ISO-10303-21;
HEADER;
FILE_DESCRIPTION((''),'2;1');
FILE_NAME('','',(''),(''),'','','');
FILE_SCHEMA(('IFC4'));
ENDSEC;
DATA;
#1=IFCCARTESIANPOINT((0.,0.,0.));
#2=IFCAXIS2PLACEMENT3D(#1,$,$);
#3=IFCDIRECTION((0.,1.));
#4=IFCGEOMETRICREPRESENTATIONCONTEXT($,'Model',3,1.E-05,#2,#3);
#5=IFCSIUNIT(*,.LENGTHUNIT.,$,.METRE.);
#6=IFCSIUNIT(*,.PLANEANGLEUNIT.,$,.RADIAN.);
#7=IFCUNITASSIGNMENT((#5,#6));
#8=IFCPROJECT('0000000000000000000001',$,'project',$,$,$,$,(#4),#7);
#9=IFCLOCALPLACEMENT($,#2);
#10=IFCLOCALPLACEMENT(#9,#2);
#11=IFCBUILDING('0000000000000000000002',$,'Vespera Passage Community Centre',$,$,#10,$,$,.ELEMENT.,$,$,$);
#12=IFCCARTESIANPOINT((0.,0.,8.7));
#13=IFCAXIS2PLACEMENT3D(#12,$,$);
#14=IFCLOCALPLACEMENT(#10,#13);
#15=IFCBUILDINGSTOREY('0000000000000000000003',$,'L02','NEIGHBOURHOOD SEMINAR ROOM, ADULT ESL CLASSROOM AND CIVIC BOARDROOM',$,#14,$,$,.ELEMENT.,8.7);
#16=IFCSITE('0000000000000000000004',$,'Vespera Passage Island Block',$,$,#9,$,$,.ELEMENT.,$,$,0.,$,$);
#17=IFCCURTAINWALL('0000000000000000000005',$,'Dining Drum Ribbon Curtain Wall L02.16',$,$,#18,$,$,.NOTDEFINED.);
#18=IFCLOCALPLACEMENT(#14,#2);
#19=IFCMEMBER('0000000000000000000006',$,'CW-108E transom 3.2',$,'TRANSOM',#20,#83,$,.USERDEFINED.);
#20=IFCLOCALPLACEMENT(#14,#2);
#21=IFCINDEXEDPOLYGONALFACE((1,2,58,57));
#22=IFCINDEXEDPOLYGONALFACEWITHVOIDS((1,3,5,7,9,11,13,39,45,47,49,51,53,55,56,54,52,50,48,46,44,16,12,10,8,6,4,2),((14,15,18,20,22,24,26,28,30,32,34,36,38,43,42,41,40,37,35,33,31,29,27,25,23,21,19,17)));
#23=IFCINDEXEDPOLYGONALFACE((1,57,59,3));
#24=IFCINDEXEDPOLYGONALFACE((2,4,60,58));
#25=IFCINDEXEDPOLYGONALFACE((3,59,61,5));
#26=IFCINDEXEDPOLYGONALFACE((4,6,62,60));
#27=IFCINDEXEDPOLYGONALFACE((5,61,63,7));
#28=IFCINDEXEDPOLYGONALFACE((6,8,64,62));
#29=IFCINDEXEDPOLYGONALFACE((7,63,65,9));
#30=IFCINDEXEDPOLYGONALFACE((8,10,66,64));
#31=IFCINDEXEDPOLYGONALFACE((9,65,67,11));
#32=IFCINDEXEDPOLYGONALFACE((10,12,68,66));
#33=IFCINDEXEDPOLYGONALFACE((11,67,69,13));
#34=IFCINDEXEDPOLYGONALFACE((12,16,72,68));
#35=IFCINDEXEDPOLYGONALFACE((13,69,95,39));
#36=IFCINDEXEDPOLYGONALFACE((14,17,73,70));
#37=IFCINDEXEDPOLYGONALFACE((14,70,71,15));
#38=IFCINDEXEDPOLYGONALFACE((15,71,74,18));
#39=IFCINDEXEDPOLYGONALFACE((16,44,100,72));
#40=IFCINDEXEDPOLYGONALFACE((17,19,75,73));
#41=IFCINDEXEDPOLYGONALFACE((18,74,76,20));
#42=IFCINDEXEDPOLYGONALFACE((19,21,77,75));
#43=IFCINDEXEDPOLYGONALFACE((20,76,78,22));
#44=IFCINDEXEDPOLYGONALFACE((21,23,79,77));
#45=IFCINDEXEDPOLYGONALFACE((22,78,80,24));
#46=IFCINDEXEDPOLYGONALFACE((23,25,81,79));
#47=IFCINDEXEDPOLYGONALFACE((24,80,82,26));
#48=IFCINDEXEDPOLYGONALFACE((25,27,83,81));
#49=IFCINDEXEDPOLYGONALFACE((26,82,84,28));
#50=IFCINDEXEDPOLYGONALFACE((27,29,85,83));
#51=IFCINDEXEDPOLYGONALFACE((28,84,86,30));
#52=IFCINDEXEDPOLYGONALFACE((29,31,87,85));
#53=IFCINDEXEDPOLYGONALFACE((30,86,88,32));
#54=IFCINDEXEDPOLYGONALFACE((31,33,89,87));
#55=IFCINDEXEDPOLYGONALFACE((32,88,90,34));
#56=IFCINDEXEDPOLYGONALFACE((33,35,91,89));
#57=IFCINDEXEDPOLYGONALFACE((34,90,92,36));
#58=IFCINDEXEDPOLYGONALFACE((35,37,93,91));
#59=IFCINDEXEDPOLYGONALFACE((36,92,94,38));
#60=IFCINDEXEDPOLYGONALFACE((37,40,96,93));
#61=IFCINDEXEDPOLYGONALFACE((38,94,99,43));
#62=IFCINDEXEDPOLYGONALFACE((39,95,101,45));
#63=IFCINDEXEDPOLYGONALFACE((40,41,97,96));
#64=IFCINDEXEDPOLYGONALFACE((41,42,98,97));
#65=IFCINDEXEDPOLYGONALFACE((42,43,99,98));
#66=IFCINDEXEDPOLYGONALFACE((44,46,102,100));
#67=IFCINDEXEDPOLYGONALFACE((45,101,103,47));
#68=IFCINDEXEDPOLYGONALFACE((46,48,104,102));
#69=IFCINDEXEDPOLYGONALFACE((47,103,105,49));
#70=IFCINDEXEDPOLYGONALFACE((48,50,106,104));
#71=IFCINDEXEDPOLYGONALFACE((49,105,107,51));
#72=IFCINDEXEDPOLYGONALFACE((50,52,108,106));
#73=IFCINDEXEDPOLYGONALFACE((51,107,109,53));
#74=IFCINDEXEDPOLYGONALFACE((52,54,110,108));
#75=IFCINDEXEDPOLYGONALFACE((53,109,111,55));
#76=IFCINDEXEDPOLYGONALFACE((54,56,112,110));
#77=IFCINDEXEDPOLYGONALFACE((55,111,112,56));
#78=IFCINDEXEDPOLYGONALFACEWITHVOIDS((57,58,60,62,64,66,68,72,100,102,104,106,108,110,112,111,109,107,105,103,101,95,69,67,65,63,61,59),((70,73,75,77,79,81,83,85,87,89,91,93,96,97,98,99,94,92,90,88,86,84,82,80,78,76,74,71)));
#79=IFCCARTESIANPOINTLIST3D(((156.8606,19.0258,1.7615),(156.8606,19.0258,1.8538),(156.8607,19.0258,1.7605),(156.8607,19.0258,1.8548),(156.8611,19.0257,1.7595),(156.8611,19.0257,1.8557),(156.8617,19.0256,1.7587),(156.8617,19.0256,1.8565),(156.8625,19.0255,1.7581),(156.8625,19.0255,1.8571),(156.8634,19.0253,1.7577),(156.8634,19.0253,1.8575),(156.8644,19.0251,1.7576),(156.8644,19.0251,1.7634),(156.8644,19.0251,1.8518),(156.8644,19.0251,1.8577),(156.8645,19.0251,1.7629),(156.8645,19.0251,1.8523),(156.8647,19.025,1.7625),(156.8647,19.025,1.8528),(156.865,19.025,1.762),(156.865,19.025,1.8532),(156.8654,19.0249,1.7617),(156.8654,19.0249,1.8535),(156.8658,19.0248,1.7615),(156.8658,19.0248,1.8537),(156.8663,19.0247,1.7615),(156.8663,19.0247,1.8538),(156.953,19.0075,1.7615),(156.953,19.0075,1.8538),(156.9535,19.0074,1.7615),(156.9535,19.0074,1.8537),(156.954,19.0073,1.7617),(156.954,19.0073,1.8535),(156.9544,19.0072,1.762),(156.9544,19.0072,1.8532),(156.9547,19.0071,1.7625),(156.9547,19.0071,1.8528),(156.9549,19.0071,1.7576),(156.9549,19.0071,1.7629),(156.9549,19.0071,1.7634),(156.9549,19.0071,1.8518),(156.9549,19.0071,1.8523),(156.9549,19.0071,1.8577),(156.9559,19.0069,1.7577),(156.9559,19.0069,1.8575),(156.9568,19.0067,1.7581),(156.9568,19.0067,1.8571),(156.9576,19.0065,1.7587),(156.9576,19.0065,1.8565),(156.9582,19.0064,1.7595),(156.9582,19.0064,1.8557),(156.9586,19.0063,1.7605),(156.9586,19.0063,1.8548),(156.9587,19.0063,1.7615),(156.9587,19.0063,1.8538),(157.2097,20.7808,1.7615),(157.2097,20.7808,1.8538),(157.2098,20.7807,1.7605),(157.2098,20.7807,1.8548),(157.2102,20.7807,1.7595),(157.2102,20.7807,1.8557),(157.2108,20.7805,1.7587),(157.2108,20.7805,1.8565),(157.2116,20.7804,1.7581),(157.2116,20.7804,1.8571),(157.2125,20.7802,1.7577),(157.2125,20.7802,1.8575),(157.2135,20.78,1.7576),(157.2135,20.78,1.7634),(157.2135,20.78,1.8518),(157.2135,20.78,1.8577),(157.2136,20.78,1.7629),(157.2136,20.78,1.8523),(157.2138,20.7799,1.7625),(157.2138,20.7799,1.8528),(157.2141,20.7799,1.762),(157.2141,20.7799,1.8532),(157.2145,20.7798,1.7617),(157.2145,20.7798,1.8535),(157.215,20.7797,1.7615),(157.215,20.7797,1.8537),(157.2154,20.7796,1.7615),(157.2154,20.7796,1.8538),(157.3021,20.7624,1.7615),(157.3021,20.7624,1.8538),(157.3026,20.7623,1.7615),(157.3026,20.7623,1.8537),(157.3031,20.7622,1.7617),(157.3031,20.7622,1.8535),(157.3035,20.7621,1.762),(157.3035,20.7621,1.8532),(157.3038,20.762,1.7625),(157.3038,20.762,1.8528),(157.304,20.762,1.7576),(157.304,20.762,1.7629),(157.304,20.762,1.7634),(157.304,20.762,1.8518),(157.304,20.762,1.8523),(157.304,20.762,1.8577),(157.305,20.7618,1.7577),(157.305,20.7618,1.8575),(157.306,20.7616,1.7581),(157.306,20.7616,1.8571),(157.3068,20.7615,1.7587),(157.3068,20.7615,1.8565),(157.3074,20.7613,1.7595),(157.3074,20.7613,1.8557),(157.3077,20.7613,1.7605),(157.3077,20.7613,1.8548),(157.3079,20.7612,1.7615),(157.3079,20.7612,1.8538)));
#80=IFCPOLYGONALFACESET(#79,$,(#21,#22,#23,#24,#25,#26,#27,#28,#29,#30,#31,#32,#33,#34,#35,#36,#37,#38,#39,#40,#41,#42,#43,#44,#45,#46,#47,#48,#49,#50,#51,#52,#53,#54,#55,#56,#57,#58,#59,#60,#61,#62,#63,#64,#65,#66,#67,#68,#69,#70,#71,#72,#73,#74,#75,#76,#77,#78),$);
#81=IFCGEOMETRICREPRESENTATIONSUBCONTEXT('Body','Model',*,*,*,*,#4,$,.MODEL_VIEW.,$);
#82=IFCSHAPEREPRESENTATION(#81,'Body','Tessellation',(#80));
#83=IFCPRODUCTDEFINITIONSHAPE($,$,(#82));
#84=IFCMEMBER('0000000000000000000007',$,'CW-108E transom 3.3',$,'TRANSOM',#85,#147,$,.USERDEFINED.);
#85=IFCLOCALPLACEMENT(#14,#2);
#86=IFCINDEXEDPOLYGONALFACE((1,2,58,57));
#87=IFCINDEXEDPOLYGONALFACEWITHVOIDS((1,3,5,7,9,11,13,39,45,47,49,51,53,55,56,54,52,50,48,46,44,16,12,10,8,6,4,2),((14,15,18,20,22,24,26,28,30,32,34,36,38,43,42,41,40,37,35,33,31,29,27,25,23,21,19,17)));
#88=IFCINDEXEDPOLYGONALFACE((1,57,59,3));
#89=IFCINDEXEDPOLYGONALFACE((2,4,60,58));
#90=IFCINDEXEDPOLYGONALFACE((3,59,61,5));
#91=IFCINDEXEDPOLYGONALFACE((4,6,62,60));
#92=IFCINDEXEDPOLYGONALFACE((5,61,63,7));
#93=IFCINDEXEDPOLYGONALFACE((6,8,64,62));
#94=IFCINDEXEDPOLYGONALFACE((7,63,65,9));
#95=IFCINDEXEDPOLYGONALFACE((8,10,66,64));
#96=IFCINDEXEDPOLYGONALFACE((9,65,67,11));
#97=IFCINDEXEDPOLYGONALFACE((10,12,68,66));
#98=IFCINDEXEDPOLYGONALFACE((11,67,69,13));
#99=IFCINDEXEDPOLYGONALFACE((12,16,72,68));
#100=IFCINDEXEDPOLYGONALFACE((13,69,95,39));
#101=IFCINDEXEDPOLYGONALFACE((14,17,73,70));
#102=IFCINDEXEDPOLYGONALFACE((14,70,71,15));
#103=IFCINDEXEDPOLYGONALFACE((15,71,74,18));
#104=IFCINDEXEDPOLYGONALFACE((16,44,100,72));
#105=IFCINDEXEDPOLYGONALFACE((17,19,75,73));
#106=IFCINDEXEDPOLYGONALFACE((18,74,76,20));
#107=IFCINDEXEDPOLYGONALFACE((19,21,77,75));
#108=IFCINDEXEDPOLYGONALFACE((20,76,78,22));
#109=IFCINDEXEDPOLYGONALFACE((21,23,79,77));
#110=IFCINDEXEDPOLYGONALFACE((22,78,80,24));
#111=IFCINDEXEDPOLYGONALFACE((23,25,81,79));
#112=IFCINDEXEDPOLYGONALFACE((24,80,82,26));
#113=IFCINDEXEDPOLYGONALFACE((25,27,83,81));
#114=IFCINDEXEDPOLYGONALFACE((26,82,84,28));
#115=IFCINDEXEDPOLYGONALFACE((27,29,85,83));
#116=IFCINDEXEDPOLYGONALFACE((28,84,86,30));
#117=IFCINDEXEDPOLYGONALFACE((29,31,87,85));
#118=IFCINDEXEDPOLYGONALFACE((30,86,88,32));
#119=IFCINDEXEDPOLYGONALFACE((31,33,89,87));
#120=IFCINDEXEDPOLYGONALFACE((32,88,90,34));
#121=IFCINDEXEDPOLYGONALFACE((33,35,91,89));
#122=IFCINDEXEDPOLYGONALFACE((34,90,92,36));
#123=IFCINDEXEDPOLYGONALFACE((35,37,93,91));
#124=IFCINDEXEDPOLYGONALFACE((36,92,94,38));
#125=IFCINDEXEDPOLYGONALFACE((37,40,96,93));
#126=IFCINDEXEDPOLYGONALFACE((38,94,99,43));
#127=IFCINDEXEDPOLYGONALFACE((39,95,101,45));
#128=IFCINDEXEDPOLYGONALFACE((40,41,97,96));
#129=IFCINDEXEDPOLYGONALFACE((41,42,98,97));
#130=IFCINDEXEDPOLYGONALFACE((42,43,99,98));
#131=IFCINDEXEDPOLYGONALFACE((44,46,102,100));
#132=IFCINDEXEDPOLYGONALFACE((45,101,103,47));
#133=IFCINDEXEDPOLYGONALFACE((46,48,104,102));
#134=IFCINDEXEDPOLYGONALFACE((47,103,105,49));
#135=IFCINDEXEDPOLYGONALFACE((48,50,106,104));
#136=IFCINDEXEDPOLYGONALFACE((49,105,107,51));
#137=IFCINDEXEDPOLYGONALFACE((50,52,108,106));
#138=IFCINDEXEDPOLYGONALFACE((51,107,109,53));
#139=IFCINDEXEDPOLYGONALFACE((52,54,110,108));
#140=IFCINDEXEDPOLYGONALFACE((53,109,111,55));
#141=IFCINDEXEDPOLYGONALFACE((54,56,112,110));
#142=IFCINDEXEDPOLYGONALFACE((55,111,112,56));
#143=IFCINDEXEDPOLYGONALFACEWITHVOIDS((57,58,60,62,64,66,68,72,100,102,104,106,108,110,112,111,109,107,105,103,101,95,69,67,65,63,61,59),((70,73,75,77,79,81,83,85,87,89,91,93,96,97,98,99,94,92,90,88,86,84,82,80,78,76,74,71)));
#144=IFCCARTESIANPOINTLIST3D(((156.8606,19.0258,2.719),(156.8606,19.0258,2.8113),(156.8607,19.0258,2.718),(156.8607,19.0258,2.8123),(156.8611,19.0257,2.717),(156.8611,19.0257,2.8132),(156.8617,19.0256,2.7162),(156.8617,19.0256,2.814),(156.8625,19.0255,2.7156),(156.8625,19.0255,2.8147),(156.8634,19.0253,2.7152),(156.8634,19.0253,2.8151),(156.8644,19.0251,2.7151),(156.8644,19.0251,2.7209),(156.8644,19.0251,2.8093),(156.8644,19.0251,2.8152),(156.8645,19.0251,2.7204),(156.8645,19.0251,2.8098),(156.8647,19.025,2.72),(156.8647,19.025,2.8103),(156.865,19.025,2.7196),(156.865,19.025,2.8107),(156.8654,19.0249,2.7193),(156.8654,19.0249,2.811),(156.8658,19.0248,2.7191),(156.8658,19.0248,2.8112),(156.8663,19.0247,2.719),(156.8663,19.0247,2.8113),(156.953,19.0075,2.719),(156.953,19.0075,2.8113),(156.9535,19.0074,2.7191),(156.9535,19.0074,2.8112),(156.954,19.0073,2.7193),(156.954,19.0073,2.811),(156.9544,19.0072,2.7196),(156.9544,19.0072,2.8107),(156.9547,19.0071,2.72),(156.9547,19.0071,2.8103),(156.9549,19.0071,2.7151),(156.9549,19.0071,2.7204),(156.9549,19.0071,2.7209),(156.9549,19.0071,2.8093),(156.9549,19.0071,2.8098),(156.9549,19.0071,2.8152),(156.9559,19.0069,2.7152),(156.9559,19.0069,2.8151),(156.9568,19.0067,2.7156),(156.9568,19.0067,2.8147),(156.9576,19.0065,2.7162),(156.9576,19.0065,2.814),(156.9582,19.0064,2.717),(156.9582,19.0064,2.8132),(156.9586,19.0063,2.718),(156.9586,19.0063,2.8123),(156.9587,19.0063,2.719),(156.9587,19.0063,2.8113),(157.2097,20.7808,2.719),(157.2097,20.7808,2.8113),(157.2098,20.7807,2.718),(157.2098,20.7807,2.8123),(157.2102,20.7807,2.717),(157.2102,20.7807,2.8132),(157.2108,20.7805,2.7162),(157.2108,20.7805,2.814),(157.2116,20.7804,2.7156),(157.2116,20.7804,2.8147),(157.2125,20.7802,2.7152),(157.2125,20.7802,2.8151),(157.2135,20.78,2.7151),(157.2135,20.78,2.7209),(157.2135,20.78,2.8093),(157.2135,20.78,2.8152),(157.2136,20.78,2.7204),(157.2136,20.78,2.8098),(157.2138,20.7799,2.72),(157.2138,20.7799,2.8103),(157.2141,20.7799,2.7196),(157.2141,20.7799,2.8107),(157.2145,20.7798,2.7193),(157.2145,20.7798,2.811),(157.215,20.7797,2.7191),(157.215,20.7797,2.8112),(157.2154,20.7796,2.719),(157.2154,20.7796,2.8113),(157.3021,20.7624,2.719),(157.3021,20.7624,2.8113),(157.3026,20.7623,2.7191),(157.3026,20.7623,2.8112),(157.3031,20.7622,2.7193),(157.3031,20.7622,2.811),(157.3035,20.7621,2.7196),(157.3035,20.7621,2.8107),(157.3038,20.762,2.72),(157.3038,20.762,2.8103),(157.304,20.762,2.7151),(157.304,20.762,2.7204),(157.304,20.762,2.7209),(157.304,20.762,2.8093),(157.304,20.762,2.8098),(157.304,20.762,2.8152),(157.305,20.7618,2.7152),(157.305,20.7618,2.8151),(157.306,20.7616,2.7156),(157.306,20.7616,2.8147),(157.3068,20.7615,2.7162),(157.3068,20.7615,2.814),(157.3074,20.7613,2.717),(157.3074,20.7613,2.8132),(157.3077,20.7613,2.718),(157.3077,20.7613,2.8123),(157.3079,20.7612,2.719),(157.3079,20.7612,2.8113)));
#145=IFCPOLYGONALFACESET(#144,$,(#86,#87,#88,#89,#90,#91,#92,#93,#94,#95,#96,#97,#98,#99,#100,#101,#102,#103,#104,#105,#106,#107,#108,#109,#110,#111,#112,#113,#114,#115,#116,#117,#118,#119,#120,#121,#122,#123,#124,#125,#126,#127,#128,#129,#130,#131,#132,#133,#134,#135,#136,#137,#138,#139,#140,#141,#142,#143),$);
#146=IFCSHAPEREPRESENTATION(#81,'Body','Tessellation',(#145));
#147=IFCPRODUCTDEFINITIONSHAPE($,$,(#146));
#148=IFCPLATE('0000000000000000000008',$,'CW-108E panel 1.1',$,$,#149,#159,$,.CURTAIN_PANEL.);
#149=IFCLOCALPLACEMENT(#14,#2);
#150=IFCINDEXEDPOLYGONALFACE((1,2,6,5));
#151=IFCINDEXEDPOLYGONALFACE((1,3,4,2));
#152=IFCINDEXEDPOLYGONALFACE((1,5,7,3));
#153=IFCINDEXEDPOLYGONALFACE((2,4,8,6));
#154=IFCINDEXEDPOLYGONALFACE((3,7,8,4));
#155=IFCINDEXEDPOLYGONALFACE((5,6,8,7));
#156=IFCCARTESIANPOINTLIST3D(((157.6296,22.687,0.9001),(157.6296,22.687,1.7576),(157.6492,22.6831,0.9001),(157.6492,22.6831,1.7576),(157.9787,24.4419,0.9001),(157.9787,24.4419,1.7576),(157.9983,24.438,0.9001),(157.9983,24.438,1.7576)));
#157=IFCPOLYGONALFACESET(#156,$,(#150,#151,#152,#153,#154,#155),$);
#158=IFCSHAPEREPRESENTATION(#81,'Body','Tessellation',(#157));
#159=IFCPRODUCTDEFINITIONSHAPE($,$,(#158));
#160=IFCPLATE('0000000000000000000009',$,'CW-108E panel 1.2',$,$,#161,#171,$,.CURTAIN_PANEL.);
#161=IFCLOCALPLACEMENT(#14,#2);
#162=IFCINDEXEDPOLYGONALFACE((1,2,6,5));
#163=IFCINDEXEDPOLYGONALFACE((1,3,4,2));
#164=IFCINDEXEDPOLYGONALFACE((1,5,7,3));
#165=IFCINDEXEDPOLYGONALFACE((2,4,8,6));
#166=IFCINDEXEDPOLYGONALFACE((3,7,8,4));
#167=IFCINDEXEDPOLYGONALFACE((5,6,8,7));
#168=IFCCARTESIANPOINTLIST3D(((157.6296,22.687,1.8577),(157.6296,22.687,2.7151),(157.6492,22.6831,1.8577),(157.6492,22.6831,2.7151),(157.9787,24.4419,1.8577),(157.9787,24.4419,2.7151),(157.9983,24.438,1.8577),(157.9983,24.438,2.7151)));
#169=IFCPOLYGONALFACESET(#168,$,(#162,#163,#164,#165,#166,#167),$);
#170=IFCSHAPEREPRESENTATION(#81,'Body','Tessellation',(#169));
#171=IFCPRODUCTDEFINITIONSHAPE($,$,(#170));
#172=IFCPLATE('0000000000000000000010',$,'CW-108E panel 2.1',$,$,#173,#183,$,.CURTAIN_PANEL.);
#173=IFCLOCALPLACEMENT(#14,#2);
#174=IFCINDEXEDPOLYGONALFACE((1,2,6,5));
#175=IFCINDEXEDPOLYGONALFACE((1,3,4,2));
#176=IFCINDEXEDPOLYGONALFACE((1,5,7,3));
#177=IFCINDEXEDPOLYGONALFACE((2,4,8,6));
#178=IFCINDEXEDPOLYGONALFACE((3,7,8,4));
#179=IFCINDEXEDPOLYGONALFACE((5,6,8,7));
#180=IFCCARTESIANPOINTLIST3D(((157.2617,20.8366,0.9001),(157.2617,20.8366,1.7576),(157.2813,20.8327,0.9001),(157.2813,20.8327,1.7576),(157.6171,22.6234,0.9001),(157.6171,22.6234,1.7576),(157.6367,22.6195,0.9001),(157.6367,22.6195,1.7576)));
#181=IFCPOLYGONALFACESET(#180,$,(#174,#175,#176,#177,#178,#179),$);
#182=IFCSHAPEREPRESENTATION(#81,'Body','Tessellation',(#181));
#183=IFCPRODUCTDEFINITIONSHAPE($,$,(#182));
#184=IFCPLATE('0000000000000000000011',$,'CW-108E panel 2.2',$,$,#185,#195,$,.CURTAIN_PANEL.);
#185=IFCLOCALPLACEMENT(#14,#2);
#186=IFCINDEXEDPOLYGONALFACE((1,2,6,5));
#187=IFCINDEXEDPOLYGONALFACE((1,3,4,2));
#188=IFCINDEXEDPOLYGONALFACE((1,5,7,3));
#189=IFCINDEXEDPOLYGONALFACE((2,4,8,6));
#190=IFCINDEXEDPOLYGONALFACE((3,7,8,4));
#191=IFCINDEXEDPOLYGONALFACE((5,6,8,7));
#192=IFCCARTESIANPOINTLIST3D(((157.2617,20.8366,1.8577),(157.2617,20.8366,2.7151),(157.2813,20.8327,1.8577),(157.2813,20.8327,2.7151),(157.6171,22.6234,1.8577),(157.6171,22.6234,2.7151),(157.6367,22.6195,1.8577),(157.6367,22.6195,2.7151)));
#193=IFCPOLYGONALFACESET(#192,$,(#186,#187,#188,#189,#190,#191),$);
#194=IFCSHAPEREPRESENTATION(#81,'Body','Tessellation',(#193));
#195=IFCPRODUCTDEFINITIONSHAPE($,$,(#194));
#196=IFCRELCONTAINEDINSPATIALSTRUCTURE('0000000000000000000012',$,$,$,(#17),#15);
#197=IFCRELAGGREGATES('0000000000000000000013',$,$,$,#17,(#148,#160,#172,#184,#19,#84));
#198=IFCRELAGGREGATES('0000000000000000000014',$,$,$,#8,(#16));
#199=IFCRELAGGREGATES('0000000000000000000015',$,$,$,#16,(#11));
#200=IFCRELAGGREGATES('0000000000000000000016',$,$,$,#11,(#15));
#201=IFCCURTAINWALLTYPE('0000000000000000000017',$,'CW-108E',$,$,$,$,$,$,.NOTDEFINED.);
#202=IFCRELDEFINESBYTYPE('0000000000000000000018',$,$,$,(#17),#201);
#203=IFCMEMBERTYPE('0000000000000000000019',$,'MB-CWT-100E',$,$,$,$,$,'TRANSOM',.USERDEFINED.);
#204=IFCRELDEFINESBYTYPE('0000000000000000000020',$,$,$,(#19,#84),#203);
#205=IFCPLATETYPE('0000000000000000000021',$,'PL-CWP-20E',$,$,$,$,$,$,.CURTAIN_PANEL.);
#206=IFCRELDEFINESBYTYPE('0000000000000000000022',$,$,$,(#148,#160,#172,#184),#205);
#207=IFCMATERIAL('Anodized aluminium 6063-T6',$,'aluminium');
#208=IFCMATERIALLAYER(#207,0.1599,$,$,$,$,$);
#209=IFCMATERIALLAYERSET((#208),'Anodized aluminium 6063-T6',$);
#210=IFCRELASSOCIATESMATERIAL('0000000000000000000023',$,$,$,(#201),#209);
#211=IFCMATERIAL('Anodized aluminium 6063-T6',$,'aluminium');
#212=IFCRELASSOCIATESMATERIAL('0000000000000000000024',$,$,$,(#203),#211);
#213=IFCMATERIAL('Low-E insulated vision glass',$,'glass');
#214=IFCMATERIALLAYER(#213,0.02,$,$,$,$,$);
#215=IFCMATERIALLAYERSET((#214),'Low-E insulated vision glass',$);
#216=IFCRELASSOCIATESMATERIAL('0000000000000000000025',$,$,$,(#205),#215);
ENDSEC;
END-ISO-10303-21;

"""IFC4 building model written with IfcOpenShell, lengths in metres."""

from ifc_helpers import new_model, si_unit, direction, frame, origin, origin_2d, place, context, subcontext, project, spatial, rectangle, hollow_rectangle, extrude, material, layer, layer_set, material_profile, profile_set, type_object, element, aggregate, save


model = new_model("IFC4")

# Units and contexts
model_context = context("Model", 3, precision=1e-05, world=origin(), true_north=direction((0.0, 1.0)))
body_context = subcontext(model_context, "Body", "Model", "MODEL_VIEW")
ifc_project = project(units=[si_unit("LENGTHUNIT", "METRE"), si_unit("PLANEANGLEUNIT", "RADIAN")], contexts=[model_context])

# Site, building, storey
site_placement = place(None, origin())
site = spatial("IfcSite", under=ifc_project, at=site_placement, Name="Vespera Passage Island Block", CompositionType="ELEMENT", RefElevation=0.0)
building_placement = place(site_placement, origin())
building = spatial("IfcBuilding", under=site, at=building_placement, Name="Vespera Passage Community Centre", CompositionType="ELEMENT")
storey_placement = place(building_placement, frame((0.0, 0.0, 8.7)))
storey = spatial("IfcBuildingStorey", under=building, at=storey_placement, Name="L02", Description="NEIGHBOURHOOD SEMINAR ROOM, ADULT ESL CLASSROOM AND CIVIC BOARDROOM", CompositionType="ELEMENT", Elevation=8.7)

# Curtain wall, members, plates
ifc_material_1 = material(Name="Anodized aluminium 6063-T6", Category="aluminium")
ifc_layer_1 = layer(ifc_material_1, 0.1599)
ifc_layer_set_1 = layer_set([ifc_layer_1], Name="Anodized aluminium 6063-T6")
curtain_wall_type = type_object("IfcCurtainWallType", Name="CW-108E", PredefinedType="NOTDEFINED", material=ifc_layer_set_1)
curtain_wall_placement = place(storey_placement, origin())
curtain_wall = element("IfcCurtainWall", 1, at=curtain_wall_placement, inside=storey, type_object=curtain_wall_type, Name="Dining Drum Ribbon Curtain Wall L02.16", PredefinedType="NOTDEFINED")
ifc_material_2 = material(Name="Anodized aluminium 6063-T6", Category="aluminium")
ifc_material_profile_1 = material_profile(ifc_material_2, hollow_rectangle(XDim=0.1001, YDim=0.1001, WallThickness=0.0039, InnerFilletRadius=0.002, OuterFilletRadius=0.0039, at=origin_2d()), Name="ALU100X100X4")
ifc_profile_set_1 = profile_set([ifc_material_profile_1], Name="Anodized aluminium 6063-T6")
member_type_1 = type_object("IfcMemberType", Name="MB-CWT-100E", ElementType="TRANSOM", PredefinedType="USERDEFINED", material=ifc_profile_set_1)
member_1_placement = place(storey_placement, frame((157.2588, 20.771, 1.8076), z_axis=(-0.195119, -0.98078, 0.0), x_axis=(0.98078, -0.195119, 0.0)))
member_1 = element("IfcMember", 2, at=member_1_placement, type_object=member_type_1, Name="CW-108E transom 3.2", ObjectType="TRANSOM", PredefinedType="USERDEFINED", context=body_context, shape_type="SweptSolid", body=[
    extrude(hollow_rectangle(XDim=0.1001, YDim=0.1001, WallThickness=0.0039, InnerFilletRadius=0.002, OuterFilletRadius=0.0039, at=origin_2d()), origin(), (0.0, 0.0, 1.0), 1.7893),
])
member_2_placement = place(storey_placement, frame((157.2588, 20.771, 2.7651), z_axis=(-0.195119, -0.98078, 0.0), x_axis=(0.98078, -0.195119, 0.0)))
member_2 = element("IfcMember", 3, at=member_2_placement, type_object=member_type_1, Name="CW-108E transom 3.3", ObjectType="TRANSOM", PredefinedType="USERDEFINED", context=body_context, shape_type="SweptSolid", body=[
    extrude(hollow_rectangle(XDim=0.1001, YDim=0.1001, WallThickness=0.0039, InnerFilletRadius=0.002, OuterFilletRadius=0.0039, at=origin_2d()), origin(), (0.0, 0.0, 1.0), 1.7893),
])
ifc_material_3 = material(Name="Low-E insulated vision glass", Category="glass")
ifc_layer_2 = layer(ifc_material_3, 0.02)
ifc_layer_set_2 = layer_set([ifc_layer_2], Name="Low-E insulated vision glass")
plate_type = type_object("IfcPlateType", Name="PL-CWP-20E", PredefinedType="CURTAIN_PANEL", material=ifc_layer_set_2)
plate_1_placement = place(storey_placement, frame((157.814, 23.5625, 0.9001), z_axis=(0.0, 0.0, 1.0), x_axis=(-0.195097, -0.980784, 0.0)))
plate_1 = element("IfcPlate", 4, at=plate_1_placement, type_object=plate_type, Name="CW-108E panel 1.1", PredefinedType="CURTAIN_PANEL", context=body_context, shape_type="SweptSolid", body=[
    extrude(rectangle(XDim=1.7893, YDim=0.02, at=origin_2d()), origin(), (0.0, 0.0, 1.0), 0.8574),
])
plate_2_placement = place(storey_placement, frame((157.814, 23.5625, 1.8577), z_axis=(0.0, 0.0, 1.0), x_axis=(-0.195097, -0.980784, 0.0)))
plate_2 = element("IfcPlate", 5, at=plate_2_placement, type_object=plate_type, Name="CW-108E panel 1.2", PredefinedType="CURTAIN_PANEL", context=body_context, shape_type="SweptSolid", body=[
    extrude(rectangle(XDim=1.7893, YDim=0.02, at=origin_2d()), origin(), (0.0, 0.0, 1.0), 0.8574),
])
plate_3_placement = place(storey_placement, frame((157.4492, 21.728, 0.9001), z_axis=(0.0, 0.0, 1.0), x_axis=(-0.195097, -0.980784, 0.0)))
plate_3 = element("IfcPlate", 6, at=plate_3_placement, type_object=plate_type, Name="CW-108E panel 2.1", PredefinedType="CURTAIN_PANEL", context=body_context, shape_type="SweptSolid", body=[
    extrude(rectangle(XDim=1.8218, YDim=0.02, at=origin_2d()), origin(), (0.0, 0.0, 1.0), 0.8574),
])
plate_4_placement = place(storey_placement, frame((157.4492, 21.728, 1.8577), z_axis=(0.0, 0.0, 1.0), x_axis=(-0.195097, -0.980784, 0.0)))
plate_4 = element("IfcPlate", 7, at=plate_4_placement, type_object=plate_type, Name="CW-108E panel 2.2", PredefinedType="CURTAIN_PANEL", context=body_context, shape_type="SweptSolid", body=[
    extrude(rectangle(XDim=1.8218, YDim=0.02, at=origin_2d()), origin(), (0.0, 0.0, 1.0), 0.8574),
])
aggregate(curtain_wall, [plate_1, plate_2, plate_3, plate_4, member_1, member_2])

save(model, "model.ifc")
